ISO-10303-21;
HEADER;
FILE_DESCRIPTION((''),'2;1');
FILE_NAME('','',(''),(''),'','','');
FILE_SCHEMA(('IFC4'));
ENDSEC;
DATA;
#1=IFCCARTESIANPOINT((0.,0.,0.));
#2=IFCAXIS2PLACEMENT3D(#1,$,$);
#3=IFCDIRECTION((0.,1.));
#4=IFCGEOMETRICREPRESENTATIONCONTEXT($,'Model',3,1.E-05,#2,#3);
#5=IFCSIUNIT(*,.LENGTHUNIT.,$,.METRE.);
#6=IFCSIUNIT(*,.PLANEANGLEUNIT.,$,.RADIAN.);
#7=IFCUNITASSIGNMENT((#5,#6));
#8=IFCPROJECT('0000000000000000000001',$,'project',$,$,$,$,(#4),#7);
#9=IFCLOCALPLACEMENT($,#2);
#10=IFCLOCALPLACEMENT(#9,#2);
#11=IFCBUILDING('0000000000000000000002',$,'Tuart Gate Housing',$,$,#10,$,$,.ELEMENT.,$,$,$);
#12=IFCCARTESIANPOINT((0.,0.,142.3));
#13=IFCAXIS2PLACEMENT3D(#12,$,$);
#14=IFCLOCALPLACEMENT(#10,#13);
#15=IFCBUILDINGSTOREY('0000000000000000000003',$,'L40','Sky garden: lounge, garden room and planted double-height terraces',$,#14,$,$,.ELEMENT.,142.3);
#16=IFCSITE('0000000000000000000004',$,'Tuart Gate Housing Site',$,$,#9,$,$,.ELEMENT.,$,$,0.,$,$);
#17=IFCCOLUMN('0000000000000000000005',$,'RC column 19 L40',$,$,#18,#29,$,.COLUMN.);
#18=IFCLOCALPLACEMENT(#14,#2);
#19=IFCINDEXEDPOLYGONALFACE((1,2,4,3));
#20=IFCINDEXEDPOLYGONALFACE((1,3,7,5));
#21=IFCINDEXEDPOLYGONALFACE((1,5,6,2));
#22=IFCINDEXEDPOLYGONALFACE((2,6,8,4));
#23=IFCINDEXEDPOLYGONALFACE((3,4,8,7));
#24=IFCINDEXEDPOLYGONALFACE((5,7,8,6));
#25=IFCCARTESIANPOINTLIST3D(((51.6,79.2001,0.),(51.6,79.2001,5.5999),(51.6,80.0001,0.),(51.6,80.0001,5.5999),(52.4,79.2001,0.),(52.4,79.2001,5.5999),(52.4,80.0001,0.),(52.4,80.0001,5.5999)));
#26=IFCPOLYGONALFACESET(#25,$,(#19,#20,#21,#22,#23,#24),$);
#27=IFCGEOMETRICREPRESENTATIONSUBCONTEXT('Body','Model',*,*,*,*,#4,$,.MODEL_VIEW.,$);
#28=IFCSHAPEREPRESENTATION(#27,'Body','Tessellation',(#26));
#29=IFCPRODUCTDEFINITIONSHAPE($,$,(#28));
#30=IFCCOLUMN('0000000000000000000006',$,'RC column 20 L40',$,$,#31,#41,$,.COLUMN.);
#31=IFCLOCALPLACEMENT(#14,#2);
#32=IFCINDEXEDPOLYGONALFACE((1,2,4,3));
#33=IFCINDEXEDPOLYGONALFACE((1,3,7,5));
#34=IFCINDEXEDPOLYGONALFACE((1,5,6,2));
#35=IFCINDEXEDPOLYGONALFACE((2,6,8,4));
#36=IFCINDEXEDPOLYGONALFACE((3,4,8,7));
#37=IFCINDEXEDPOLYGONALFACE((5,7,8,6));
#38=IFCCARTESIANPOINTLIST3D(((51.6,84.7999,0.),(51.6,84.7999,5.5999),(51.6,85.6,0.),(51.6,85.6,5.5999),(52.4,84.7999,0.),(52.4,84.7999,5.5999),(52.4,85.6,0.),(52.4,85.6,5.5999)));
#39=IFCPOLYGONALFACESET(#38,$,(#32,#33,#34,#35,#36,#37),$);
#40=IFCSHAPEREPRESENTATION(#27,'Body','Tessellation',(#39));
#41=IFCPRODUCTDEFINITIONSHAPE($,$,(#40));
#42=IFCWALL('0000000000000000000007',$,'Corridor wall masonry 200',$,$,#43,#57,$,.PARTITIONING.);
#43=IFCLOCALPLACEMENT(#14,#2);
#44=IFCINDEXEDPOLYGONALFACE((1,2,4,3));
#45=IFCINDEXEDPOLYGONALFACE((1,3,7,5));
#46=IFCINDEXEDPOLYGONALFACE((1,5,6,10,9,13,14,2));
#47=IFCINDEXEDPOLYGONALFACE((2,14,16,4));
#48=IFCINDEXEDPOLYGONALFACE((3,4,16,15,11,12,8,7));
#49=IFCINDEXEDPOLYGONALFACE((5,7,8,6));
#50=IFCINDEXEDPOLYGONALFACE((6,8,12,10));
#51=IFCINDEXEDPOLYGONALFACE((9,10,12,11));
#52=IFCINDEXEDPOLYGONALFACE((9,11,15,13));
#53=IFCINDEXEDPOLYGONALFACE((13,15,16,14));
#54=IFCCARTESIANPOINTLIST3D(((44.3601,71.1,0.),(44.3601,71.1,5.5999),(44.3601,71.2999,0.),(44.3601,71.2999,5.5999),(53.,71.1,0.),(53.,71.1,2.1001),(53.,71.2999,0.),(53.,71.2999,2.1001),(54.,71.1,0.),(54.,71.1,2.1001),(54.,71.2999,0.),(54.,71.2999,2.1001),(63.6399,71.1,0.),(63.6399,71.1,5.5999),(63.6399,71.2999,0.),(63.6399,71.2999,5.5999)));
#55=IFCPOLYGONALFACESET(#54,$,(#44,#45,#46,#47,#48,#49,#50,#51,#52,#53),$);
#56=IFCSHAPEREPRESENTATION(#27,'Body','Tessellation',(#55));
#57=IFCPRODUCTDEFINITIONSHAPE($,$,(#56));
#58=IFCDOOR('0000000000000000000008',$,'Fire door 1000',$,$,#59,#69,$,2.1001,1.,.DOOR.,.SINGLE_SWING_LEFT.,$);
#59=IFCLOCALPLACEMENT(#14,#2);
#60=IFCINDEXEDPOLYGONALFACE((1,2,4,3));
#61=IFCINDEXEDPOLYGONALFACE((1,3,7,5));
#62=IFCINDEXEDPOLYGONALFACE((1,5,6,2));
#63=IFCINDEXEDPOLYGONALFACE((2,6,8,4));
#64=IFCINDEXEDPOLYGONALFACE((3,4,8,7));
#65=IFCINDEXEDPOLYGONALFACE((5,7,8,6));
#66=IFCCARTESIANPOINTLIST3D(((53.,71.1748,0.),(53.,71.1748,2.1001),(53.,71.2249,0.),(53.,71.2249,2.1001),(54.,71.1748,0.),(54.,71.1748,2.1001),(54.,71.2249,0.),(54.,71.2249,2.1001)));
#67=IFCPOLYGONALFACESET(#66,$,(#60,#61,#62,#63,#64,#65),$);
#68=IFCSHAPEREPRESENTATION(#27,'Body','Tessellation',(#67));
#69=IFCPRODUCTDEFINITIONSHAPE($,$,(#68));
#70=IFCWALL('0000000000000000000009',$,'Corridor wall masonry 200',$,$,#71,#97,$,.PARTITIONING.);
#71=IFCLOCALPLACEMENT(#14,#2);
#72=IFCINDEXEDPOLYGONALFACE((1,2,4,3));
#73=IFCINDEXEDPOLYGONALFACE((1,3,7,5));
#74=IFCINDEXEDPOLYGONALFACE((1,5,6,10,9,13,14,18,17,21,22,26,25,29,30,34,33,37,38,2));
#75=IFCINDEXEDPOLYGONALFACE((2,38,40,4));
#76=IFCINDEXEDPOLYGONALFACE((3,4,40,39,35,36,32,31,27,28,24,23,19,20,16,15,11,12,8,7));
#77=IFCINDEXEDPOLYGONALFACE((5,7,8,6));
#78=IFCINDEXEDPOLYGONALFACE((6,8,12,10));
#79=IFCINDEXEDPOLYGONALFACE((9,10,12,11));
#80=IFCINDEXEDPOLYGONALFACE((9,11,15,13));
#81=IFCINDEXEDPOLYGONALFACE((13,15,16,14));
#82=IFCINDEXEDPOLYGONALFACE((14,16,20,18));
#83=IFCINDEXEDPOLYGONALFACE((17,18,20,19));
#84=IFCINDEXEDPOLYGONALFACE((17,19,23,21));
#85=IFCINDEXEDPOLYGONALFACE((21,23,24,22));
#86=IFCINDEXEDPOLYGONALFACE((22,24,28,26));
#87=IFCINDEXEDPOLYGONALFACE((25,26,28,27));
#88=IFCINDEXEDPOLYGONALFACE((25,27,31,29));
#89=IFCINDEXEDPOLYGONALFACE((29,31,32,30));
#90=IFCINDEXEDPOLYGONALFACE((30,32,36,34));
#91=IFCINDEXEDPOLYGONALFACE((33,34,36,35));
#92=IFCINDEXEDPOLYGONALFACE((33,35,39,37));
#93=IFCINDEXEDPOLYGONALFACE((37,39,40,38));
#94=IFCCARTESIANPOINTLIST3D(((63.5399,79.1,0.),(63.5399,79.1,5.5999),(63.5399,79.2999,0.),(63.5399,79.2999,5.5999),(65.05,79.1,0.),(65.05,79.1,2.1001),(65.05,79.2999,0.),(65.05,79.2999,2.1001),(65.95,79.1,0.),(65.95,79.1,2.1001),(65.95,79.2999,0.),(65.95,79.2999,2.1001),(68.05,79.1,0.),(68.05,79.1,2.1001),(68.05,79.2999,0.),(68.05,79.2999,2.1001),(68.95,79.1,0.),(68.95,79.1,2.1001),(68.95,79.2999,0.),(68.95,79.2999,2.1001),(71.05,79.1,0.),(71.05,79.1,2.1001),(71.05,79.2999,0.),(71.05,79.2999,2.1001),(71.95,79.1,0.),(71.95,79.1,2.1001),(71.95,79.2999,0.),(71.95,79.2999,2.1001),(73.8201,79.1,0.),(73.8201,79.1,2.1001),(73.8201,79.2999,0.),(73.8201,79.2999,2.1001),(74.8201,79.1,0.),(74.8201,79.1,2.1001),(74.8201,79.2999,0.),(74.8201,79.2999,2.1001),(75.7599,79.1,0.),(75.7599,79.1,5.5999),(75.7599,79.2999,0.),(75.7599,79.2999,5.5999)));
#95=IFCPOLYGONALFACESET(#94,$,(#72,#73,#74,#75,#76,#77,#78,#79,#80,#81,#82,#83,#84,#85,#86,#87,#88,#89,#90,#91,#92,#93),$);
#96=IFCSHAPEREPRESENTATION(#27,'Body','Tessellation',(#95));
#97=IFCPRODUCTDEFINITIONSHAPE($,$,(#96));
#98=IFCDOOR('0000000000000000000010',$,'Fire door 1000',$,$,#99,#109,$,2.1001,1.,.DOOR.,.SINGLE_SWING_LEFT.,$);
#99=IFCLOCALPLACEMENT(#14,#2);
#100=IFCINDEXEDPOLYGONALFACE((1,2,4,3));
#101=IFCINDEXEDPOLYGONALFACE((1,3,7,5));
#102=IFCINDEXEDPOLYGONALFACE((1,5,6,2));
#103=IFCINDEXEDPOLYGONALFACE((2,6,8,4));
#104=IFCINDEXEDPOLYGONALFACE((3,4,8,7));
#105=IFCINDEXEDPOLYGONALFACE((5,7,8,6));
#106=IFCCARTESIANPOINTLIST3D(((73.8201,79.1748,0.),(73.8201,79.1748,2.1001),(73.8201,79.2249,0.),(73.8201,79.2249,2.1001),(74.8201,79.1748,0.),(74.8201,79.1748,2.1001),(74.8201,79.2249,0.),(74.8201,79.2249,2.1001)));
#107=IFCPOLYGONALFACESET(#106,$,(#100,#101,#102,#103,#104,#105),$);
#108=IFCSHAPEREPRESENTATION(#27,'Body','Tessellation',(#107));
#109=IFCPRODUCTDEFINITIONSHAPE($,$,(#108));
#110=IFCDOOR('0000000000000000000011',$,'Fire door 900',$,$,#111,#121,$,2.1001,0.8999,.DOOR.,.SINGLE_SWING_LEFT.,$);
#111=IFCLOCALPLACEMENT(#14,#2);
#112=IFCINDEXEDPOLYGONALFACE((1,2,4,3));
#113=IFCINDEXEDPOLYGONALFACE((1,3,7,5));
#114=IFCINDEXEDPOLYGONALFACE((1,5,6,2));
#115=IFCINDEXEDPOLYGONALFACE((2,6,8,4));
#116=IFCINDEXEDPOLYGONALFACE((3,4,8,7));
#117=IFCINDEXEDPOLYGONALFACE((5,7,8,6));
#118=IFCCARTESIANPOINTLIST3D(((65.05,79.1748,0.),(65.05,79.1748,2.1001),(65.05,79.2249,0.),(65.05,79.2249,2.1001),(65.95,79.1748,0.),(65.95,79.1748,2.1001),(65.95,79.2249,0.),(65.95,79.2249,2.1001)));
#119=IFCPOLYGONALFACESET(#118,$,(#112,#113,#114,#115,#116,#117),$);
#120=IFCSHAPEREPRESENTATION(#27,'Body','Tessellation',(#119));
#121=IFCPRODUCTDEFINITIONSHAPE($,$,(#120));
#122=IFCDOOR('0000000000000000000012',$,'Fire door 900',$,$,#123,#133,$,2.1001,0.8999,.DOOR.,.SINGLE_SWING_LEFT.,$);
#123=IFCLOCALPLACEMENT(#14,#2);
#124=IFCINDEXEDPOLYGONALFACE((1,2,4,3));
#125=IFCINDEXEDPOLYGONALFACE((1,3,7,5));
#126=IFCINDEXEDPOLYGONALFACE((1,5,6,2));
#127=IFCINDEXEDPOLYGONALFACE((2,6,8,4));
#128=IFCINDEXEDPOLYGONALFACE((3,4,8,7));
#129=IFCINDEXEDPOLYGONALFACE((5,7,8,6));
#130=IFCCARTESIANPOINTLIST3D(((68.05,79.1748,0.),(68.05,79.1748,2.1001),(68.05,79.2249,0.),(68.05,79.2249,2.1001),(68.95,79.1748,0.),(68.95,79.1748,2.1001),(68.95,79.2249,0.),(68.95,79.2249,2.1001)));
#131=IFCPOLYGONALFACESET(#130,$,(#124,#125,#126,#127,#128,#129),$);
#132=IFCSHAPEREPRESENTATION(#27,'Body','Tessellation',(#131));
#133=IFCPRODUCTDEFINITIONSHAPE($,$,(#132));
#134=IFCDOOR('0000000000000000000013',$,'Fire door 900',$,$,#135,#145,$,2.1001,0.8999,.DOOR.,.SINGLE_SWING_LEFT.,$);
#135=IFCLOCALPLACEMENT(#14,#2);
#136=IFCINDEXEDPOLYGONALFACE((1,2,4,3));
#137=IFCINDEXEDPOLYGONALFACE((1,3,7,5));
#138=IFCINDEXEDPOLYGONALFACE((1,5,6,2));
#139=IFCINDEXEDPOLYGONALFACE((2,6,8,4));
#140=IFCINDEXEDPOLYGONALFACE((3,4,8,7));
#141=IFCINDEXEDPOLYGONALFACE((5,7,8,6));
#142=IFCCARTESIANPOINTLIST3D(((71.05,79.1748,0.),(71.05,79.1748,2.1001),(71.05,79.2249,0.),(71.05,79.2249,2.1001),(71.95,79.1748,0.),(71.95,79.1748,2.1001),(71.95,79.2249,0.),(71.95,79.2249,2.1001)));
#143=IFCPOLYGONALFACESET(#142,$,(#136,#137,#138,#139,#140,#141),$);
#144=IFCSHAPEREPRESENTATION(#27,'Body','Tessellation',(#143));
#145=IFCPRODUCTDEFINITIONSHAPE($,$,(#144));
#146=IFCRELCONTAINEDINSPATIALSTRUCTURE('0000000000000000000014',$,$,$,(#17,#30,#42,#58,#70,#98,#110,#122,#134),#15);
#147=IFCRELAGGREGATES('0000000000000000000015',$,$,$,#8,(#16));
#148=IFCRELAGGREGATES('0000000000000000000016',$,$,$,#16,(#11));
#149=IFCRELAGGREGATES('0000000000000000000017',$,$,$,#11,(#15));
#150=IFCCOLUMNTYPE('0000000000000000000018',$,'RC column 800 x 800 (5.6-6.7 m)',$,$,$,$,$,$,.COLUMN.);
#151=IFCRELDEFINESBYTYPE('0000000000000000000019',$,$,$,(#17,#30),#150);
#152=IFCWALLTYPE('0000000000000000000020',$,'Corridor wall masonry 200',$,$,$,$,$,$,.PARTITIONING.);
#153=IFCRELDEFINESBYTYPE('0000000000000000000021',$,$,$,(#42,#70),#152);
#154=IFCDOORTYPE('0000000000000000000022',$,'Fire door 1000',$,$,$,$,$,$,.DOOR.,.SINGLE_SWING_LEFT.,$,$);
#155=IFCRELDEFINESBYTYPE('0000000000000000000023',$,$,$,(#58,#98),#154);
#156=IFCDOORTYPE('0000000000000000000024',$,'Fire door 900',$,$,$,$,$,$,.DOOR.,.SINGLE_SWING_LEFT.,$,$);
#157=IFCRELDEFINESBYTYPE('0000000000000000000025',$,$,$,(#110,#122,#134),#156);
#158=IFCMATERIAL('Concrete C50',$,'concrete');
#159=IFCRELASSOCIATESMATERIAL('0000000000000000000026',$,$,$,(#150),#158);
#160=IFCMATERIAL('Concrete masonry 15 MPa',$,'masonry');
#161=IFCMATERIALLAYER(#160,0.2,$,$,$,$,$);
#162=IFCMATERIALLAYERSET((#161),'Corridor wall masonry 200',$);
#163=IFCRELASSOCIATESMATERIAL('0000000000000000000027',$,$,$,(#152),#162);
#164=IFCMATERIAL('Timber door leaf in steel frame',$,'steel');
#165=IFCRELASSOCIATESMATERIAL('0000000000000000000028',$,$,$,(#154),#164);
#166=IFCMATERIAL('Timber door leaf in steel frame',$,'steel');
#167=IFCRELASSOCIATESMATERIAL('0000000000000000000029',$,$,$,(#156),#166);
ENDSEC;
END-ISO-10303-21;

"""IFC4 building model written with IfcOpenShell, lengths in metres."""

from ifc_helpers import new_model, si_unit, direction, frame, frame_2d, origin, origin_2d, place, context, subcontext, project, spatial, rectangle, extrude, material, layer, layer_set, material_profile, profile_set, type_object, element, fill, save


model = new_model("IFC4")

# Units and contexts
model_context = context("Model", 3, precision=1e-05, world=origin(), true_north=direction((0.0, 1.0)))
body_context = subcontext(model_context, "Body", "Model", "MODEL_VIEW")
ifc_project = project(units=[si_unit("LENGTHUNIT", "METRE"), si_unit("PLANEANGLEUNIT", "RADIAN")], contexts=[model_context])

# Site, building, storey
site_placement = place(None, origin())
site = spatial("IfcSite", under=ifc_project, at=site_placement, Name="Tuart Gate Housing Site", CompositionType="ELEMENT", RefElevation=0.0)
building_placement = place(site_placement, origin())
building = spatial("IfcBuilding", under=site, at=building_placement, Name="Tuart Gate Housing", CompositionType="ELEMENT")
storey_placement = place(building_placement, frame((0.0, 0.0, 142.3)))
storey = spatial("IfcBuildingStorey", under=building, at=storey_placement, Name="L40", Description="Sky garden: lounge, garden room and planted double-height terraces", CompositionType="ELEMENT", Elevation=142.3)

# Columns
ifc_material_1 = material(Name="Concrete C50", Category="concrete")
ifc_material_profile = material_profile(ifc_material_1, rectangle(XDim=0.8, YDim=0.8, at=origin_2d()), Name="RC column 800 x 800 (5.6-6.7 m)")
ifc_profile_set = profile_set([ifc_material_profile], Name="Concrete C50")
column_type = type_object("IfcColumnType", Name="RC column 800 x 800 (5.6-6.7 m)", PredefinedType="COLUMN", material=ifc_profile_set)
for number, where, z_axis, x_axis, name in (
    (1, (52.0, 79.6001, 0.0), (0.0, 0.0, 1.0), (1.0, 0.0, 0.0), "RC column 19 L40"),
    (2, (52.0, 85.2, 0.0), (0.0, 0.0, 1.0), (1.0, 0.0, 0.0), "RC column 20 L40"),
):
    element("IfcColumn", number, at=place(storey_placement, frame(where, z_axis=z_axis, x_axis=x_axis)), inside=storey, type_object=column_type, Name=name, PredefinedType="COLUMN", context=body_context, shape_type="SweptSolid", body=[
        extrude(rectangle(XDim=0.8, YDim=0.8, at=origin_2d()), origin(), (0.0, 0.0, 1.0), 5.5999),
    ])

# Wall, opening, door
ifc_material_2 = material(Name="Concrete masonry 15 MPa", Category="masonry")
ifc_layer_1 = layer(ifc_material_2, 0.2)
ifc_layer_set_1 = layer_set([ifc_layer_1], Name="Corridor wall masonry 200")
wall_type_1 = type_object("IfcWallType", Name="Corridor wall masonry 200", PredefinedType="PARTITIONING", material=ifc_layer_set_1)
wall_1_placement = place(storey_placement, frame((44.3601, 71.2, 0.0), z_axis=(0.0, 0.0, 1.0), x_axis=(1.0, 0.0, 0.0)))
wall_1 = element("IfcWall", 3, at=wall_1_placement, inside=storey, type_object=wall_type_1, Name="Corridor wall masonry 200", PredefinedType="PARTITIONING", context=body_context, shape_type="SweptSolid", body=[
    extrude(rectangle(XDim=19.2798, YDim=0.2, at=frame_2d((9.6399, 0.0))), origin(), (0.0, 0.0, 1.0), 5.5999),
])
opening_1_placement = place(wall_1_placement, frame((8.6399, 0.0, 0.0)))
opening_1 = element("IfcOpeningElement", 4, at=opening_1_placement, cuts=wall_1, PredefinedType="OPENING", context=body_context, shape_type="SweptSolid", body=[
    extrude(rectangle(XDim=1.0, YDim=2.1001, at=frame_2d((0.5, 1.05))), frame((0.0, 0.1099, 0.0), z_axis=(0.0, -1.0, 0.0), x_axis=(1.0, 0.0, 0.0)), (0.0, 0.0, 1.0), 0.22),
])
ifc_material_3 = material(Name="Timber door leaf in steel frame", Category="steel")
door_type_1 = type_object("IfcDoorType", Name="Fire door 1000", OperationType="SINGLE_SWING_LEFT", PredefinedType="DOOR", material=ifc_material_3)
door_1_placement = place(opening_1_placement, origin())
door_1 = element("IfcDoor", 5, at=door_1_placement, inside=storey, type_object=door_type_1, Name="Fire door 1000", OperationType="SINGLE_SWING_LEFT", OverallHeight=2.1001, OverallWidth=1.0, PredefinedType="DOOR", context=body_context, shape_type="SweptSolid", body=[
    extrude(rectangle(XDim=1.0, YDim=2.1001, at=frame_2d((0.5, 1.05))), frame((0.0, 0.0249, 0.0), z_axis=(0.0, -1.0, 0.0), x_axis=(1.0, 0.0, 0.0)), (0.0, 0.0, 1.0), 0.05),
])
fill(opening_1, door_1)

# Wall, openings, doors
wall_2_placement = place(storey_placement, frame((63.54, 79.2, 0.0), z_axis=(0.0, 0.0, 1.0), x_axis=(1.0, 0.0, 0.0)))
wall_2 = element("IfcWall", 6, at=wall_2_placement, inside=storey, type_object=wall_type_1, Name="Corridor wall masonry 200", PredefinedType="PARTITIONING", context=body_context, shape_type="SweptSolid", body=[
    extrude(rectangle(XDim=12.22, YDim=0.2, at=frame_2d((6.1099, 0.0))), origin(), (0.0, 0.0, 1.0), 5.5999),
])
opening_2_placement = place(wall_2_placement, frame((1.51, 0.0, 0.0)))
opening_2 = element("IfcOpeningElement", 7, at=opening_2_placement, cuts=wall_2, PredefinedType="OPENING", context=body_context, shape_type="SweptSolid", body=[
    extrude(rectangle(XDim=0.8999, YDim=2.1001, at=frame_2d((0.45, 1.05))), frame((0.0, 0.1099, 0.0), z_axis=(0.0, -1.0, 0.0), x_axis=(1.0, 0.0, 0.0)), (0.0, 0.0, 1.0), 0.22),
])
opening_3_placement = place(wall_2_placement, frame((4.51, 0.0, 0.0)))
opening_3 = element("IfcOpeningElement", 8, at=opening_3_placement, cuts=wall_2, PredefinedType="OPENING", context=body_context, shape_type="SweptSolid", body=[
    extrude(rectangle(XDim=0.8999, YDim=2.1001, at=frame_2d((0.45, 1.05))), frame((0.0, 0.1099, 0.0), z_axis=(0.0, -1.0, 0.0), x_axis=(1.0, 0.0, 0.0)), (0.0, 0.0, 1.0), 0.22),
])
opening_4_placement = place(wall_2_placement, frame((7.51, 0.0, 0.0)))
opening_4 = element("IfcOpeningElement", 9, at=opening_4_placement, cuts=wall_2, PredefinedType="OPENING", context=body_context, shape_type="SweptSolid", body=[
    extrude(rectangle(XDim=0.8999, YDim=2.1001, at=frame_2d((0.45, 1.05))), frame((0.0, 0.1099, 0.0), z_axis=(0.0, -1.0, 0.0), x_axis=(1.0, 0.0, 0.0)), (0.0, 0.0, 1.0), 0.22),
])
opening_5_placement = place(wall_2_placement, frame((10.28, 0.0, 0.0)))
opening_5 = element("IfcOpeningElement", 10, at=opening_5_placement, cuts=wall_2, PredefinedType="OPENING", context=body_context, shape_type="SweptSolid", body=[
    extrude(rectangle(XDim=1.0, YDim=2.1001, at=frame_2d((0.5, 1.05))), frame((0.0, 0.1099, 0.0), z_axis=(0.0, -1.0, 0.0), x_axis=(1.0, 0.0, 0.0)), (0.0, 0.0, 1.0), 0.22),
])
door_2_placement = place(opening_5_placement, origin())
door_2 = element("IfcDoor", 11, at=door_2_placement, inside=storey, type_object=door_type_1, Name="Fire door 1000", OperationType="SINGLE_SWING_LEFT", OverallHeight=2.1001, OverallWidth=1.0, PredefinedType="DOOR", context=body_context, shape_type="SweptSolid", body=[
    extrude(rectangle(XDim=1.0, YDim=2.1001, at=frame_2d((0.5, 1.05))), frame((0.0, 0.0249, 0.0), z_axis=(0.0, -1.0, 0.0), x_axis=(1.0, 0.0, 0.0)), (0.0, 0.0, 1.0), 0.05),
])
fill(opening_5, door_2)
ifc_material_4 = material(Name="Timber door leaf in steel frame", Category="steel")
door_type_2 = type_object("IfcDoorType", Name="Fire door 900", OperationType="SINGLE_SWING_LEFT", PredefinedType="DOOR", material=ifc_material_4)
door_3_placement = place(opening_2_placement, origin())
door_3 = element("IfcDoor", 12, at=door_3_placement, inside=storey, type_object=door_type_2, Name="Fire door 900", OperationType="SINGLE_SWING_LEFT", OverallHeight=2.1001, OverallWidth=0.8999, PredefinedType="DOOR", context=body_context, shape_type="SweptSolid", body=[
    extrude(rectangle(XDim=0.8999, YDim=2.1001, at=frame_2d((0.45, 1.05))), frame((0.0, 0.0249, 0.0), z_axis=(0.0, -1.0, 0.0), x_axis=(1.0, 0.0, 0.0)), (0.0, 0.0, 1.0), 0.05),
])
fill(opening_2, door_3)
door_4_placement = place(opening_3_placement, origin())
door_4 = element("IfcDoor", 13, at=door_4_placement, inside=storey, type_object=door_type_2, Name="Fire door 900", OperationType="SINGLE_SWING_LEFT", OverallHeight=2.1001, OverallWidth=0.8999, PredefinedType="DOOR", context=body_context, shape_type="SweptSolid", body=[
    extrude(rectangle(XDim=0.8999, YDim=2.1001, at=frame_2d((0.45, 1.05))), frame((0.0, 0.0249, 0.0), z_axis=(0.0, -1.0, 0.0), x_axis=(1.0, 0.0, 0.0)), (0.0, 0.0, 1.0), 0.05),
])
fill(opening_3, door_4)
door_5_placement = place(opening_4_placement, origin())
door_5 = element("IfcDoor", 14, at=door_5_placement, inside=storey, type_object=door_type_2, Name="Fire door 900", OperationType="SINGLE_SWING_LEFT", OverallHeight=2.1001, OverallWidth=0.8999, PredefinedType="DOOR", context=body_context, shape_type="SweptSolid", body=[
    extrude(rectangle(XDim=0.8999, YDim=2.1001, at=frame_2d((0.45, 1.05))), frame((0.0, 0.0249, 0.0), z_axis=(0.0, -1.0, 0.0), x_axis=(1.0, 0.0, 0.0)), (0.0, 0.0, 1.0), 0.05),
])
fill(opening_4, door_5)

save(model, "model.ifc")
